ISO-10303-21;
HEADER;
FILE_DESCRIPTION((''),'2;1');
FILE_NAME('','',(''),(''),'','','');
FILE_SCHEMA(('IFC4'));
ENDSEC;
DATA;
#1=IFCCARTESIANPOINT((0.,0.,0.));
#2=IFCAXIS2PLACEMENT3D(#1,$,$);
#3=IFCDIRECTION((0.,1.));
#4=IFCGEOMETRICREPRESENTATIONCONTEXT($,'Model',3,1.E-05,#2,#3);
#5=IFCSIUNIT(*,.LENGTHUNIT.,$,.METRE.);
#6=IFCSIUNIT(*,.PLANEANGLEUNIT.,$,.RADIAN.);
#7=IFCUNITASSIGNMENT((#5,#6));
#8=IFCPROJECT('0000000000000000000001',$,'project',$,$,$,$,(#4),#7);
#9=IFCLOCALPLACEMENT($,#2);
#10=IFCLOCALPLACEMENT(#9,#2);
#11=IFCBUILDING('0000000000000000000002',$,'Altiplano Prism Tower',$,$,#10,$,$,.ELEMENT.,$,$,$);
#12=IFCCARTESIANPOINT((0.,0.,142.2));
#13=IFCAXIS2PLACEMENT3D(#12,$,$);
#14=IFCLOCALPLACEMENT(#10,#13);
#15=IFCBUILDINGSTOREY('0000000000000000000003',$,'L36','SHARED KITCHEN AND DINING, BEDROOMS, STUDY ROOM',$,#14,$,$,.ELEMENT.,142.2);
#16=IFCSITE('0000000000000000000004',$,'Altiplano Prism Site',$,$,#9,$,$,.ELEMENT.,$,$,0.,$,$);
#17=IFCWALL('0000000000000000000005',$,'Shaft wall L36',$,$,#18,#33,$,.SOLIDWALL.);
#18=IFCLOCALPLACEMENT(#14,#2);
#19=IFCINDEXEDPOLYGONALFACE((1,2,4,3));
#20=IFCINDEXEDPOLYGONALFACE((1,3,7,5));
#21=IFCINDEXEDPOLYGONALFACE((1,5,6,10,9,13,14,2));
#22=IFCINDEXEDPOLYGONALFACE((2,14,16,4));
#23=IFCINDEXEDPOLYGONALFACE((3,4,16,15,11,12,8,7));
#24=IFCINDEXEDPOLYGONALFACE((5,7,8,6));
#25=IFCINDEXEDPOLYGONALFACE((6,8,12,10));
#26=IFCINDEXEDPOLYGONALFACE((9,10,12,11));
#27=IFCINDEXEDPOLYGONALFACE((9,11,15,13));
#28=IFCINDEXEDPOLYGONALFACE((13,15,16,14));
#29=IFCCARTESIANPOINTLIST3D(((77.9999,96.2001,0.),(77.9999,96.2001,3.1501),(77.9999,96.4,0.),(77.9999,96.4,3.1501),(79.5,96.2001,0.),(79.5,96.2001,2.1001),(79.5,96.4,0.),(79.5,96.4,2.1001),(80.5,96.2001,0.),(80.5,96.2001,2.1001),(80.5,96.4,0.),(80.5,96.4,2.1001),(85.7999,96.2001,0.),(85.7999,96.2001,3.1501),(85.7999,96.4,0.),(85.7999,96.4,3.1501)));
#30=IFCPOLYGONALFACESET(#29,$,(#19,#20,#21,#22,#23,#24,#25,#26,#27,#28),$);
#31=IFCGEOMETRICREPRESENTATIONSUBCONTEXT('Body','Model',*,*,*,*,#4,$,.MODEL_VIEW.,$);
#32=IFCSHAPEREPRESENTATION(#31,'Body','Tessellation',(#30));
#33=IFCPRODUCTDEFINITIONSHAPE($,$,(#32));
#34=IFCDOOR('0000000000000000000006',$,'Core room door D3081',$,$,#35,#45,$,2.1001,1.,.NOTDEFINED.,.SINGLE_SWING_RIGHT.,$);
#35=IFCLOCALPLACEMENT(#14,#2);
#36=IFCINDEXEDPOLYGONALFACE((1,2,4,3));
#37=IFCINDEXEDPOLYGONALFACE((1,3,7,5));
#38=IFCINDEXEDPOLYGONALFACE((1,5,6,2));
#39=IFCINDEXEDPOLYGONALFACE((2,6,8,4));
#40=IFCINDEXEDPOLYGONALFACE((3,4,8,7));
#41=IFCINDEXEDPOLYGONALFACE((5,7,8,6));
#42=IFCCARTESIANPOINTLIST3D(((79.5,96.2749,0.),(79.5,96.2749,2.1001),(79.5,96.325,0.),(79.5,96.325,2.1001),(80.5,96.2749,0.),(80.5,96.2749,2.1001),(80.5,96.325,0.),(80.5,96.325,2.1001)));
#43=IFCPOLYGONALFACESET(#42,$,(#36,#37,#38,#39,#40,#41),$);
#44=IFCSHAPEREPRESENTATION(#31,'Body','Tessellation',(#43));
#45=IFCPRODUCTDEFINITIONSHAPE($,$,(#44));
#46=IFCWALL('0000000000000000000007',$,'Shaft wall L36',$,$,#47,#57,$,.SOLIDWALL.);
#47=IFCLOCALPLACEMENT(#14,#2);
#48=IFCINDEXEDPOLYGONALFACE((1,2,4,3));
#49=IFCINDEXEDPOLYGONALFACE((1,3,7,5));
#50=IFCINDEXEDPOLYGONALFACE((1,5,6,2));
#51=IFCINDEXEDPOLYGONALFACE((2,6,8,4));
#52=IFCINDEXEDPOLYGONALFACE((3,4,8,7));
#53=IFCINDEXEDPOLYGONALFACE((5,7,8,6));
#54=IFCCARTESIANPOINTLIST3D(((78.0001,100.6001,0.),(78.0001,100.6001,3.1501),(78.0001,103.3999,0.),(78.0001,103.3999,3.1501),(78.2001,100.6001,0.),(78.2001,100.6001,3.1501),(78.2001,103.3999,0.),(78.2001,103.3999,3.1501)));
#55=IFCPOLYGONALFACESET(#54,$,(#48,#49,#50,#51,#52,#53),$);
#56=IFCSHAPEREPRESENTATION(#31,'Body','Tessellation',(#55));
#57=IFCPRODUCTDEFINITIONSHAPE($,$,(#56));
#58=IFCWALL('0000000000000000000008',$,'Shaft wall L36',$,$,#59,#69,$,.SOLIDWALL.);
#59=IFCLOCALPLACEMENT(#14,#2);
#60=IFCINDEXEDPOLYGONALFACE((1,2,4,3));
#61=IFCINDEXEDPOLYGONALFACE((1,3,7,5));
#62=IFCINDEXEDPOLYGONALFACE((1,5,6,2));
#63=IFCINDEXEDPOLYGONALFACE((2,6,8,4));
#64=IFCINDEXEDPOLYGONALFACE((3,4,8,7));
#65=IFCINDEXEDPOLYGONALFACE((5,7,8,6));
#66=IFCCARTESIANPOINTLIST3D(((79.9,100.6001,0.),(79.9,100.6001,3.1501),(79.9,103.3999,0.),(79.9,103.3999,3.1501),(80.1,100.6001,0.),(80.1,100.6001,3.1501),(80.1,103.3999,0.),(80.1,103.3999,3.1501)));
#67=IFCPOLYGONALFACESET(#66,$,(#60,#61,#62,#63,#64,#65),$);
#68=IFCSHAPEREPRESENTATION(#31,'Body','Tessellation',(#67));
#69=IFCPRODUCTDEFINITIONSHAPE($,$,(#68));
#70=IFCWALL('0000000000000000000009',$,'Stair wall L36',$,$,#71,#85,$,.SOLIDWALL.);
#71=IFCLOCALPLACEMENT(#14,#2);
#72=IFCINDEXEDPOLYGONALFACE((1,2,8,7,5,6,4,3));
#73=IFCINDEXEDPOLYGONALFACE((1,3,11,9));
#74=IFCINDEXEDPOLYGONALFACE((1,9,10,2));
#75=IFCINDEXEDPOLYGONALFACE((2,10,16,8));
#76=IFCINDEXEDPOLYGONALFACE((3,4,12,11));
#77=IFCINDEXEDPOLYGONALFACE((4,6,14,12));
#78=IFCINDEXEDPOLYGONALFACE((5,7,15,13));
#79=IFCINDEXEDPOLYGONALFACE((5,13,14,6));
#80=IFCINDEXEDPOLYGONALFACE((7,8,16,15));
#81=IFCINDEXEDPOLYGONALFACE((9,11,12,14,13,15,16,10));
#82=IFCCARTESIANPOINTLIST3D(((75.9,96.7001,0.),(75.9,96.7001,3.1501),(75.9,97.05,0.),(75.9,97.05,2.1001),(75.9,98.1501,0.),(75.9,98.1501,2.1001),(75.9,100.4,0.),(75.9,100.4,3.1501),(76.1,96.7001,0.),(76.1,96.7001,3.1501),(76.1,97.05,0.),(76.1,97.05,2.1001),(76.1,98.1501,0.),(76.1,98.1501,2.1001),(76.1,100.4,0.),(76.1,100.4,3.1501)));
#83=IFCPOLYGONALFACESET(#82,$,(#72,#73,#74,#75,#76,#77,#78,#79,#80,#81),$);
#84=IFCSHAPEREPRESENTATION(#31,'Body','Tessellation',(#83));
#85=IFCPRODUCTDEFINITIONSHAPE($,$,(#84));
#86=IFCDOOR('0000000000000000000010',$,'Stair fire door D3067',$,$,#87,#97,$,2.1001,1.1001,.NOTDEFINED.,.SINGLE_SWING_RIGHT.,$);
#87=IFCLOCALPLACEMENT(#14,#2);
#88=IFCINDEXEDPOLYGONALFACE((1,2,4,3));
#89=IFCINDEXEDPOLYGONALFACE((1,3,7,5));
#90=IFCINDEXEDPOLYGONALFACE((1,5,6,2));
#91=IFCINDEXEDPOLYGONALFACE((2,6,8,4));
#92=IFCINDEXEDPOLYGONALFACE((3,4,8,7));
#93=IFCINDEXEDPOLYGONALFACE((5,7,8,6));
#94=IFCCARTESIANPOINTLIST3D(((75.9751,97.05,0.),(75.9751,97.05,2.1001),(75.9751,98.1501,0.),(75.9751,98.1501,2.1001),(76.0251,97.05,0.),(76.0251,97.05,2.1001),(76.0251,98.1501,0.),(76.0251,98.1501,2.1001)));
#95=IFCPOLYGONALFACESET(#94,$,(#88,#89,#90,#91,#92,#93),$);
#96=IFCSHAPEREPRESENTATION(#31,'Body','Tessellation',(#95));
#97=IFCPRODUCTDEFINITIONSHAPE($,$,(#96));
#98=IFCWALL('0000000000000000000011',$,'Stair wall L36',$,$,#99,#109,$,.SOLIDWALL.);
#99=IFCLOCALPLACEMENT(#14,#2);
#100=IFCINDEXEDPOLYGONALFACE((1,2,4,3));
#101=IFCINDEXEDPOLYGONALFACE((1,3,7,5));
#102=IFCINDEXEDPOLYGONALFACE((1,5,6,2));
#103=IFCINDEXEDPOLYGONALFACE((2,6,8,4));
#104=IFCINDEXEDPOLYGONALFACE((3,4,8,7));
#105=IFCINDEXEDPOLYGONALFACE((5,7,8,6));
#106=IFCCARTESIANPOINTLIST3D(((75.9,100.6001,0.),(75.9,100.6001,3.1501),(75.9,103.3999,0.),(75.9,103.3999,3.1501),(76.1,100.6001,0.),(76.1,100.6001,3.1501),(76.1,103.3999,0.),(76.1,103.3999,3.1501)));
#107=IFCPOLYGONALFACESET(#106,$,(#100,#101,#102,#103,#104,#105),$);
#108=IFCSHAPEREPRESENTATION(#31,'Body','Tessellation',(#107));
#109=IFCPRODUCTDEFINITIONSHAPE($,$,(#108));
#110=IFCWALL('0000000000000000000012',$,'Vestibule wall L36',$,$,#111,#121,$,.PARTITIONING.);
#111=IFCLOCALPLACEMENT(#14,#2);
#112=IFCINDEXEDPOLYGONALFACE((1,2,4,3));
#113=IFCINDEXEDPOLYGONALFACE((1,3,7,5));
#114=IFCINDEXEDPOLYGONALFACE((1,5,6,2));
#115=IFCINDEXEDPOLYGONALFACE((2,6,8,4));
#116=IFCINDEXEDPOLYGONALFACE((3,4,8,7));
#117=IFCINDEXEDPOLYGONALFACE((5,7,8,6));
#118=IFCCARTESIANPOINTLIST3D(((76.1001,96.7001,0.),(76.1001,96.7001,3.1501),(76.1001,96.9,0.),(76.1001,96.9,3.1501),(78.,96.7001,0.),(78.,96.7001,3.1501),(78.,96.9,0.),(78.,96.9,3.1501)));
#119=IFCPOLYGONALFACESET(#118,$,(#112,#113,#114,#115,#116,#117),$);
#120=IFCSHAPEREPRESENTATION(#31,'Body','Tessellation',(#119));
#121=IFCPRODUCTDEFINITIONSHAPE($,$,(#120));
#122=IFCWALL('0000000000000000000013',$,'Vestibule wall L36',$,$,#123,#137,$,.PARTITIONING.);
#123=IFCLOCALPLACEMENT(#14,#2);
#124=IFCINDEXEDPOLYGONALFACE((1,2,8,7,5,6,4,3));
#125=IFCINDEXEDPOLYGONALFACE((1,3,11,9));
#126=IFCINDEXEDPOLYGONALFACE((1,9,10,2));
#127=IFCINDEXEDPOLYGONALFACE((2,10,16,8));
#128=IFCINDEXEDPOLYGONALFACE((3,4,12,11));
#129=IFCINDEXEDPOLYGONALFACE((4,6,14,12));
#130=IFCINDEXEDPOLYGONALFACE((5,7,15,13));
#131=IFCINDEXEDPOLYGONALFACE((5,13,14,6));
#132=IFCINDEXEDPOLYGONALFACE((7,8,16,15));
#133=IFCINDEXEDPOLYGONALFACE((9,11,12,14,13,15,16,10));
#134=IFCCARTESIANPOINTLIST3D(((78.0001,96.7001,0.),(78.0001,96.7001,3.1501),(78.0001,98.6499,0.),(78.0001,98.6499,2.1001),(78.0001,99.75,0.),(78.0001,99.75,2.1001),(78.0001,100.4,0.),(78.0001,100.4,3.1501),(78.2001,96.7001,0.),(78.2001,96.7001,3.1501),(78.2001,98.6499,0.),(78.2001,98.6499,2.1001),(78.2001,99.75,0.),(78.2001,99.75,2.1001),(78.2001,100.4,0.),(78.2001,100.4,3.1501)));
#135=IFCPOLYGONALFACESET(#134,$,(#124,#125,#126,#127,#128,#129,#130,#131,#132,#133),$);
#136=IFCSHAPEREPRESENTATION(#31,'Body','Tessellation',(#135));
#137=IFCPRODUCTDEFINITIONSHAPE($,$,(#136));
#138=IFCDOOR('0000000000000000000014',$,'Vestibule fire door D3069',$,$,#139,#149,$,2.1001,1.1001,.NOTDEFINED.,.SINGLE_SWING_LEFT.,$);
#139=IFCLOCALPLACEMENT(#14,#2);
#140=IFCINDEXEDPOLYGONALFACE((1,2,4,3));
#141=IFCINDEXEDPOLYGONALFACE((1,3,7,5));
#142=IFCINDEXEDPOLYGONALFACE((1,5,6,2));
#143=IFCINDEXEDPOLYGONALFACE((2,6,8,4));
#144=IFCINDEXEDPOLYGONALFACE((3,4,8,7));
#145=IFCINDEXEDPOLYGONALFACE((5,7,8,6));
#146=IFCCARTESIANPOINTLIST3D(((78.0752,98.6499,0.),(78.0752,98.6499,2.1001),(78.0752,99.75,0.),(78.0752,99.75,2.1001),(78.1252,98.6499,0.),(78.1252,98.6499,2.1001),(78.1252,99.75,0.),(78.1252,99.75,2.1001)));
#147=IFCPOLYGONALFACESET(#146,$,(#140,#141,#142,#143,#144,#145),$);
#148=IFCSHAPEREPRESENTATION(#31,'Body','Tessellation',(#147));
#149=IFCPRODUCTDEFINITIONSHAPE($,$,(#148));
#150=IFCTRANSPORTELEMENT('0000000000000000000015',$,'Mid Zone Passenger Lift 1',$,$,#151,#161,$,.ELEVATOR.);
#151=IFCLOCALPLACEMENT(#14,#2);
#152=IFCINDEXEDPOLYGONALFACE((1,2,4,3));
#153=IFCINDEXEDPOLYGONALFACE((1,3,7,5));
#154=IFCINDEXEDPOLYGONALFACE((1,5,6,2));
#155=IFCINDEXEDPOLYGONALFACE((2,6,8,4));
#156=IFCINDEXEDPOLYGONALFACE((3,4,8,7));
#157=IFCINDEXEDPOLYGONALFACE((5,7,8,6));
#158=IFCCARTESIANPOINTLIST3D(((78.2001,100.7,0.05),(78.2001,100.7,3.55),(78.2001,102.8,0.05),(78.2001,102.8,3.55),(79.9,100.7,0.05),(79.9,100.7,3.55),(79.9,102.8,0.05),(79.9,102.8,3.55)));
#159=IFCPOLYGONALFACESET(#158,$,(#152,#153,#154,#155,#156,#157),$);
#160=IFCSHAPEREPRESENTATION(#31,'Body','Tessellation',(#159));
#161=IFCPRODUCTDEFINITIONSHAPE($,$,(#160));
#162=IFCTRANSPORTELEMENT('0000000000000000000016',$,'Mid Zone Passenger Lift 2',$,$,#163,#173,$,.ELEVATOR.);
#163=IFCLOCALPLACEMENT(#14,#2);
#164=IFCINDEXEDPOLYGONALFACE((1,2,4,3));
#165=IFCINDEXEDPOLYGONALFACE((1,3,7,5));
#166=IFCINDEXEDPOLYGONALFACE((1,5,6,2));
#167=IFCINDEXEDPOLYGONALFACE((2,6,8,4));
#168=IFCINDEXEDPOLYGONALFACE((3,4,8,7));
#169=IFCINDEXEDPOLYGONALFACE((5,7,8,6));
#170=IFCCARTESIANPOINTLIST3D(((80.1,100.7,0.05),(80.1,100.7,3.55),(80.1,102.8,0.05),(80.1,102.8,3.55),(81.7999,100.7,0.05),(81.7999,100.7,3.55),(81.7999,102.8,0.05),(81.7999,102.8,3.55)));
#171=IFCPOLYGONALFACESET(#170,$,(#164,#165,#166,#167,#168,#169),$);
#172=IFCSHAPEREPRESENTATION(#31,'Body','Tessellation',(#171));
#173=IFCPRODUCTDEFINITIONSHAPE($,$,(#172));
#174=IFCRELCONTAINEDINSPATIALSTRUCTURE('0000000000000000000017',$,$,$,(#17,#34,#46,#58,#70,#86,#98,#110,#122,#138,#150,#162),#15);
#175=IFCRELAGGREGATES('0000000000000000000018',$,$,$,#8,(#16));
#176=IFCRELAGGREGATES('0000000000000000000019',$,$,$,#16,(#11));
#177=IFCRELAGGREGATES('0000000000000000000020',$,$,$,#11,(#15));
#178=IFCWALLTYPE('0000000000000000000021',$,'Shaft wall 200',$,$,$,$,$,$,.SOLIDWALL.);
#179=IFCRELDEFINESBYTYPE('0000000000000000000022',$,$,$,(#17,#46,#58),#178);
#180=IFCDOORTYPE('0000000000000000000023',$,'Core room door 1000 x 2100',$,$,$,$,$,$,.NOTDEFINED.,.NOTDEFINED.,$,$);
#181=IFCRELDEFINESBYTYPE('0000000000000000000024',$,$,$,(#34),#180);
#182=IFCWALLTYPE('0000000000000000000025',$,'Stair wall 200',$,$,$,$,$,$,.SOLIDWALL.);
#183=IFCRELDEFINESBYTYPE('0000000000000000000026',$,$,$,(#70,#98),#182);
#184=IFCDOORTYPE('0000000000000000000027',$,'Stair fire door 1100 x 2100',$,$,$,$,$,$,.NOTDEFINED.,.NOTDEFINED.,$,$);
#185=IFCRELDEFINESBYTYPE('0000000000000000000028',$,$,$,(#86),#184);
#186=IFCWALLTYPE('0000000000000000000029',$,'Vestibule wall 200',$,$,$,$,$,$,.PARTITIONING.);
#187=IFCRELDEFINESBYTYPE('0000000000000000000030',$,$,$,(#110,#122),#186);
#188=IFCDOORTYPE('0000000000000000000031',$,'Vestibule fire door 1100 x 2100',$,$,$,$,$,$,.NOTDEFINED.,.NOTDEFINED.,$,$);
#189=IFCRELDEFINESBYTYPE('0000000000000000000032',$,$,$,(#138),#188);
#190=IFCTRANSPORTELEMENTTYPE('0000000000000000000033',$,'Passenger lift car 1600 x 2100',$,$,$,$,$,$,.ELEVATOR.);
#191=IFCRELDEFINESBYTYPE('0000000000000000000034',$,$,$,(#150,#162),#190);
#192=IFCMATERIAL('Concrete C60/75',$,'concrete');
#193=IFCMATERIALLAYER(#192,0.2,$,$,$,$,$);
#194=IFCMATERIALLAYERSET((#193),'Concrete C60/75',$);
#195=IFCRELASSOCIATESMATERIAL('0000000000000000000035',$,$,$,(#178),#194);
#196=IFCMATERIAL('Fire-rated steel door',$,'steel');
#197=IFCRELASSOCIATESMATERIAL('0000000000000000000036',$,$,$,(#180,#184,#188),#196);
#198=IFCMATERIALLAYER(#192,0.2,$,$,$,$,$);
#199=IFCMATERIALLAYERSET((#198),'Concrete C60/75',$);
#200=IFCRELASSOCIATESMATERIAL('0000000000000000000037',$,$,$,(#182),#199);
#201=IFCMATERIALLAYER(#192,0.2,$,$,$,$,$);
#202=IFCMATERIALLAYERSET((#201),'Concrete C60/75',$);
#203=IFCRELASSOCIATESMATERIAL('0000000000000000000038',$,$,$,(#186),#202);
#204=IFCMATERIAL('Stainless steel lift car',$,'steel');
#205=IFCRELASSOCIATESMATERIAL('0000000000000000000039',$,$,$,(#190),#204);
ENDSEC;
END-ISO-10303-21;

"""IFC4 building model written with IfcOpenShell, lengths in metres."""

from ifc_helpers import new_model, si_unit, direction, frame, frame_2d, origin, origin_2d, place, context, subcontext, project, spatial, rectangle, extrude, material, layer, layer_set, type_object, element, fill, save


model = new_model("IFC4")

# Units and contexts
model_context = context("Model", 3, precision=1e-05, world=origin(), true_north=direction((0.0, 1.0)))
body_context = subcontext(model_context, "Body", "Model", "MODEL_VIEW")
ifc_project = project(units=[si_unit("LENGTHUNIT", "METRE"), si_unit("PLANEANGLEUNIT", "RADIAN")], contexts=[model_context])

# Site, building, storey
site_placement = place(None, origin())
site = spatial("IfcSite", under=ifc_project, at=site_placement, Name="Altiplano Prism Site", CompositionType="ELEMENT", RefElevation=0.0)
building_placement = place(site_placement, origin())
building = spatial("IfcBuilding", under=site, at=building_placement, Name="Altiplano Prism Tower", CompositionType="ELEMENT")
storey_placement = place(building_placement, frame((0.0, 0.0, 142.2)))
storey = spatial("IfcBuildingStorey", under=building, at=storey_placement, Name="L36", Description="SHARED KITCHEN AND DINING, BEDROOMS, STUDY ROOM", CompositionType="ELEMENT", Elevation=142.2)

# Wall, opening, door
ifc_material_1 = material(Name="Concrete C60/75", Category="concrete")
ifc_layer_1 = layer(ifc_material_1, 0.2)
ifc_layer_set_1 = layer_set([ifc_layer_1], Name="Concrete C60/75")
wall_type_1 = type_object("IfcWallType", Name="Shaft wall 200", PredefinedType="SOLIDWALL", material=ifc_layer_set_1)
wall_1_placement = place(storey_placement, frame((78.0, 96.3, 0.0), z_axis=(0.0, 0.0, 1.0), x_axis=(1.0, 0.0, 0.0)))
wall_1 = element("IfcWall", 1, at=wall_1_placement, inside=storey, type_object=wall_type_1, Name="Shaft wall L36", PredefinedType="SOLIDWALL", context=body_context, shape_type="SweptSolid", body=[
    extrude(rectangle(XDim=7.8, YDim=0.2, at=frame_2d((3.8999, 0.0))), origin(), (0.0, 0.0, 1.0), 3.1501),
])
opening_1_placement = place(wall_1_placement, frame((1.5, 0.0, 0.0)))
opening_1 = element("IfcOpeningElement", 2, at=opening_1_placement, cuts=wall_1, PredefinedType="OPENING", context=body_context, shape_type="SweptSolid", body=[
    extrude(rectangle(XDim=1.0, YDim=2.1001, at=frame_2d((0.5, 1.05))), frame((0.0, 0.1104, 0.0), z_axis=(0.0, -1.0, 0.0), x_axis=(1.0, 0.0, 0.0)), (0.0, 0.0, 1.0), 0.2209),
])
ifc_material_2 = material(Name="Fire-rated steel door", Category="steel")
door_type_1 = type_object("IfcDoorType", Name="Core room door 1000 x 2100", OperationType="NOTDEFINED", PredefinedType="NOTDEFINED", material=ifc_material_2)
door_1_placement = place(opening_1_placement, origin())
door_1 = element("IfcDoor", 3, at=door_1_placement, inside=storey, type_object=door_type_1, Name="Core room door D3081", OperationType="SINGLE_SWING_RIGHT", OverallHeight=2.1001, OverallWidth=1.0, PredefinedType="NOTDEFINED", context=body_context, shape_type="SweptSolid", body=[
    extrude(rectangle(XDim=1.0, YDim=2.1001, at=frame_2d((0.5, 1.05))), frame((0.0, 0.0249, 0.0), z_axis=(0.0, -1.0, 0.0), x_axis=(1.0, 0.0, 0.0)), (0.0, 0.0, 1.0), 0.05),
])
fill(opening_1, door_1)

# Walls
for number, where, z_axis, x_axis, name in (
    (4, (78.1001, 100.6001, 0.0), (0.0, 0.0, 1.0), (0.0, 1.0, 0.0), "Shaft wall L36"),
    (5, (80.0, 100.6001, 0.0), (0.0, 0.0, 1.0), (0.0, 1.0, 0.0), "Shaft wall L36"),
):
    element("IfcWall", number, at=place(storey_placement, frame(where, z_axis=z_axis, x_axis=x_axis)), inside=storey, type_object=wall_type_1, Name=name, PredefinedType="SOLIDWALL", context=body_context, shape_type="SweptSolid", body=[
        extrude(rectangle(XDim=2.7998, YDim=0.2, at=frame_2d((1.3999, 0.0))), origin(), (0.0, 0.0, 1.0), 3.1501),
    ])

# Wall, opening, door
ifc_layer_2 = layer(ifc_material_1, 0.2)
ifc_layer_set_2 = layer_set([ifc_layer_2], Name="Concrete C60/75")
wall_type_2 = type_object("IfcWallType", Name="Stair wall 200", PredefinedType="SOLIDWALL", material=ifc_layer_set_2)
wall_2_placement = place(storey_placement, frame((76.0, 96.7, 0.0), z_axis=(0.0, 0.0, 1.0), x_axis=(0.0, 1.0, 0.0)))
wall_2 = element("IfcWall", 6, at=wall_2_placement, inside=storey, type_object=wall_type_2, Name="Stair wall L36", PredefinedType="SOLIDWALL", context=body_context, shape_type="SweptSolid", body=[
    extrude(rectangle(XDim=3.7, YDim=0.2, at=frame_2d((1.8501, 0.0))), origin(), (0.0, 0.0, 1.0), 3.1501),
])
opening_2_placement = place(wall_2_placement, frame((0.3501, 0.0, 0.0)))
opening_2 = element("IfcOpeningElement", 7, at=opening_2_placement, cuts=wall_2, PredefinedType="OPENING", context=body_context, shape_type="SweptSolid", body=[
    extrude(rectangle(XDim=1.1001, YDim=2.1001, at=frame_2d((0.55, 1.05))), frame((0.0, 0.1104, 0.0), z_axis=(0.0, -1.0, 0.0), x_axis=(1.0, 0.0, 0.0)), (0.0, 0.0, 1.0), 0.2209),
])
door_type_2 = type_object("IfcDoorType", Name="Stair fire door 1100 x 2100", OperationType="NOTDEFINED", PredefinedType="NOTDEFINED", material=ifc_material_2)
door_2_placement = place(opening_2_placement, origin())
door_2 = element("IfcDoor", 8, at=door_2_placement, inside=storey, type_object=door_type_2, Name="Stair fire door D3067", OperationType="SINGLE_SWING_RIGHT", OverallHeight=2.1001, OverallWidth=1.1001, PredefinedType="NOTDEFINED", context=body_context, shape_type="SweptSolid", body=[
    extrude(rectangle(XDim=1.1001, YDim=2.1001, at=frame_2d((0.55, 1.05))), frame((0.0, 0.0249, 0.0), z_axis=(0.0, -1.0, 0.0), x_axis=(1.0, 0.0, 0.0)), (0.0, 0.0, 1.0), 0.05),
])
fill(opening_2, door_2)

# Walls
wall_3_placement = place(storey_placement, frame((76.0, 100.6001, 0.0), z_axis=(0.0, 0.0, 1.0), x_axis=(0.0, 1.0, 0.0)))
element("IfcWall", 9, at=wall_3_placement, inside=storey, type_object=wall_type_2, Name="Stair wall L36", PredefinedType="SOLIDWALL", context=body_context, shape_type="SweptSolid", body=[
    extrude(rectangle(XDim=2.7998, YDim=0.2, at=frame_2d((1.3999, 0.0))), origin(), (0.0, 0.0, 1.0), 3.1501),
])
ifc_layer_3 = layer(ifc_material_1, 0.2)
ifc_layer_set_3 = layer_set([ifc_layer_3], Name="Concrete C60/75")
wall_type_3 = type_object("IfcWallType", Name="Vestibule wall 200", PredefinedType="PARTITIONING", material=ifc_layer_set_3)
wall_4_placement = place(storey_placement, frame((76.1001, 96.8, 0.0), z_axis=(0.0, 0.0, 1.0), x_axis=(1.0, 0.0, 0.0)))
element("IfcWall", 10, at=wall_4_placement, inside=storey, type_object=wall_type_3, Name="Vestibule wall L36", PredefinedType="PARTITIONING", context=body_context, shape_type="SweptSolid", body=[
    extrude(rectangle(XDim=1.8999, YDim=0.2, at=frame_2d((0.95, 0.0))), origin(), (0.0, 0.0, 1.0), 3.1501),
])

# Wall, opening, door
wall_5_placement = place(storey_placement, frame((78.1001, 96.7, 0.0), z_axis=(0.0, 0.0, 1.0), x_axis=(0.0, 1.0, 0.0)))
wall_5 = element("IfcWall", 11, at=wall_5_placement, inside=storey, type_object=wall_type_3, Name="Vestibule wall L36", PredefinedType="PARTITIONING", context=body_context, shape_type="SweptSolid", body=[
    extrude(rectangle(XDim=3.7, YDim=0.2, at=frame_2d((1.8501, 0.0))), origin(), (0.0, 0.0, 1.0), 3.1501),
])
opening_3_placement = place(wall_5_placement, frame((1.95, 0.0, 0.0)))
opening_3 = element("IfcOpeningElement", 12, at=opening_3_placement, cuts=wall_5, PredefinedType="OPENING", context=body_context, shape_type="SweptSolid", body=[
    extrude(rectangle(XDim=1.1001, YDim=2.1001, at=frame_2d((0.55, 1.05))), frame((0.0, 0.1104, 0.0), z_axis=(0.0, -1.0, 0.0), x_axis=(1.0, 0.0, 0.0)), (0.0, 0.0, 1.0), 0.2209),
])
door_type_3 = type_object("IfcDoorType", Name="Vestibule fire door 1100 x 2100", OperationType="NOTDEFINED", PredefinedType="NOTDEFINED", material=ifc_material_2)
door_3_placement = place(opening_3_placement, origin())
door_3 = element("IfcDoor", 13, at=door_3_placement, inside=storey, type_object=door_type_3, Name="Vestibule fire door D3069", OperationType="SINGLE_SWING_LEFT", OverallHeight=2.1001, OverallWidth=1.1001, PredefinedType="NOTDEFINED", context=body_context, shape_type="SweptSolid", body=[
    extrude(rectangle(XDim=1.1001, YDim=2.1001, at=frame_2d((0.55, 1.05))), frame((0.0, 0.0249, 0.0), z_axis=(0.0, -1.0, 0.0), x_axis=(1.0, 0.0, 0.0)), (0.0, 0.0, 1.0), 0.05),
])
fill(opening_3, door_3)

# Transport elements
ifc_material_3 = material(Name="Stainless steel lift car", Category="steel")
transport_element_type = type_object("IfcTransportElementType", Name="Passenger lift car 1600 x 2100", PredefinedType="ELEVATOR", material=ifc_material_3)
for number, where, z_axis, x_axis, name in (
    (14, (79.05, 101.75, 0.05), (0.0, 0.0, 1.0), (1.0, 0.0, 0.0), "Mid Zone Passenger Lift 1"),
    (15, (80.95, 101.75, 0.05), (0.0, 0.0, 1.0), (1.0, 0.0, 0.0), "Mid Zone Passenger Lift 2"),
):
    element("IfcTransportElement", number, at=place(storey_placement, frame(where, z_axis=z_axis, x_axis=x_axis)), inside=storey, type_object=transport_element_type, Name=name, PredefinedType="ELEVATOR", context=body_context, shape_type="SweptSolid", body=[
        extrude(rectangle(XDim=1.7, YDim=2.1001, at=origin_2d()), origin(), (0.0, 0.0, 1.0), 3.5),
    ])

save(model, "model.ifc")
